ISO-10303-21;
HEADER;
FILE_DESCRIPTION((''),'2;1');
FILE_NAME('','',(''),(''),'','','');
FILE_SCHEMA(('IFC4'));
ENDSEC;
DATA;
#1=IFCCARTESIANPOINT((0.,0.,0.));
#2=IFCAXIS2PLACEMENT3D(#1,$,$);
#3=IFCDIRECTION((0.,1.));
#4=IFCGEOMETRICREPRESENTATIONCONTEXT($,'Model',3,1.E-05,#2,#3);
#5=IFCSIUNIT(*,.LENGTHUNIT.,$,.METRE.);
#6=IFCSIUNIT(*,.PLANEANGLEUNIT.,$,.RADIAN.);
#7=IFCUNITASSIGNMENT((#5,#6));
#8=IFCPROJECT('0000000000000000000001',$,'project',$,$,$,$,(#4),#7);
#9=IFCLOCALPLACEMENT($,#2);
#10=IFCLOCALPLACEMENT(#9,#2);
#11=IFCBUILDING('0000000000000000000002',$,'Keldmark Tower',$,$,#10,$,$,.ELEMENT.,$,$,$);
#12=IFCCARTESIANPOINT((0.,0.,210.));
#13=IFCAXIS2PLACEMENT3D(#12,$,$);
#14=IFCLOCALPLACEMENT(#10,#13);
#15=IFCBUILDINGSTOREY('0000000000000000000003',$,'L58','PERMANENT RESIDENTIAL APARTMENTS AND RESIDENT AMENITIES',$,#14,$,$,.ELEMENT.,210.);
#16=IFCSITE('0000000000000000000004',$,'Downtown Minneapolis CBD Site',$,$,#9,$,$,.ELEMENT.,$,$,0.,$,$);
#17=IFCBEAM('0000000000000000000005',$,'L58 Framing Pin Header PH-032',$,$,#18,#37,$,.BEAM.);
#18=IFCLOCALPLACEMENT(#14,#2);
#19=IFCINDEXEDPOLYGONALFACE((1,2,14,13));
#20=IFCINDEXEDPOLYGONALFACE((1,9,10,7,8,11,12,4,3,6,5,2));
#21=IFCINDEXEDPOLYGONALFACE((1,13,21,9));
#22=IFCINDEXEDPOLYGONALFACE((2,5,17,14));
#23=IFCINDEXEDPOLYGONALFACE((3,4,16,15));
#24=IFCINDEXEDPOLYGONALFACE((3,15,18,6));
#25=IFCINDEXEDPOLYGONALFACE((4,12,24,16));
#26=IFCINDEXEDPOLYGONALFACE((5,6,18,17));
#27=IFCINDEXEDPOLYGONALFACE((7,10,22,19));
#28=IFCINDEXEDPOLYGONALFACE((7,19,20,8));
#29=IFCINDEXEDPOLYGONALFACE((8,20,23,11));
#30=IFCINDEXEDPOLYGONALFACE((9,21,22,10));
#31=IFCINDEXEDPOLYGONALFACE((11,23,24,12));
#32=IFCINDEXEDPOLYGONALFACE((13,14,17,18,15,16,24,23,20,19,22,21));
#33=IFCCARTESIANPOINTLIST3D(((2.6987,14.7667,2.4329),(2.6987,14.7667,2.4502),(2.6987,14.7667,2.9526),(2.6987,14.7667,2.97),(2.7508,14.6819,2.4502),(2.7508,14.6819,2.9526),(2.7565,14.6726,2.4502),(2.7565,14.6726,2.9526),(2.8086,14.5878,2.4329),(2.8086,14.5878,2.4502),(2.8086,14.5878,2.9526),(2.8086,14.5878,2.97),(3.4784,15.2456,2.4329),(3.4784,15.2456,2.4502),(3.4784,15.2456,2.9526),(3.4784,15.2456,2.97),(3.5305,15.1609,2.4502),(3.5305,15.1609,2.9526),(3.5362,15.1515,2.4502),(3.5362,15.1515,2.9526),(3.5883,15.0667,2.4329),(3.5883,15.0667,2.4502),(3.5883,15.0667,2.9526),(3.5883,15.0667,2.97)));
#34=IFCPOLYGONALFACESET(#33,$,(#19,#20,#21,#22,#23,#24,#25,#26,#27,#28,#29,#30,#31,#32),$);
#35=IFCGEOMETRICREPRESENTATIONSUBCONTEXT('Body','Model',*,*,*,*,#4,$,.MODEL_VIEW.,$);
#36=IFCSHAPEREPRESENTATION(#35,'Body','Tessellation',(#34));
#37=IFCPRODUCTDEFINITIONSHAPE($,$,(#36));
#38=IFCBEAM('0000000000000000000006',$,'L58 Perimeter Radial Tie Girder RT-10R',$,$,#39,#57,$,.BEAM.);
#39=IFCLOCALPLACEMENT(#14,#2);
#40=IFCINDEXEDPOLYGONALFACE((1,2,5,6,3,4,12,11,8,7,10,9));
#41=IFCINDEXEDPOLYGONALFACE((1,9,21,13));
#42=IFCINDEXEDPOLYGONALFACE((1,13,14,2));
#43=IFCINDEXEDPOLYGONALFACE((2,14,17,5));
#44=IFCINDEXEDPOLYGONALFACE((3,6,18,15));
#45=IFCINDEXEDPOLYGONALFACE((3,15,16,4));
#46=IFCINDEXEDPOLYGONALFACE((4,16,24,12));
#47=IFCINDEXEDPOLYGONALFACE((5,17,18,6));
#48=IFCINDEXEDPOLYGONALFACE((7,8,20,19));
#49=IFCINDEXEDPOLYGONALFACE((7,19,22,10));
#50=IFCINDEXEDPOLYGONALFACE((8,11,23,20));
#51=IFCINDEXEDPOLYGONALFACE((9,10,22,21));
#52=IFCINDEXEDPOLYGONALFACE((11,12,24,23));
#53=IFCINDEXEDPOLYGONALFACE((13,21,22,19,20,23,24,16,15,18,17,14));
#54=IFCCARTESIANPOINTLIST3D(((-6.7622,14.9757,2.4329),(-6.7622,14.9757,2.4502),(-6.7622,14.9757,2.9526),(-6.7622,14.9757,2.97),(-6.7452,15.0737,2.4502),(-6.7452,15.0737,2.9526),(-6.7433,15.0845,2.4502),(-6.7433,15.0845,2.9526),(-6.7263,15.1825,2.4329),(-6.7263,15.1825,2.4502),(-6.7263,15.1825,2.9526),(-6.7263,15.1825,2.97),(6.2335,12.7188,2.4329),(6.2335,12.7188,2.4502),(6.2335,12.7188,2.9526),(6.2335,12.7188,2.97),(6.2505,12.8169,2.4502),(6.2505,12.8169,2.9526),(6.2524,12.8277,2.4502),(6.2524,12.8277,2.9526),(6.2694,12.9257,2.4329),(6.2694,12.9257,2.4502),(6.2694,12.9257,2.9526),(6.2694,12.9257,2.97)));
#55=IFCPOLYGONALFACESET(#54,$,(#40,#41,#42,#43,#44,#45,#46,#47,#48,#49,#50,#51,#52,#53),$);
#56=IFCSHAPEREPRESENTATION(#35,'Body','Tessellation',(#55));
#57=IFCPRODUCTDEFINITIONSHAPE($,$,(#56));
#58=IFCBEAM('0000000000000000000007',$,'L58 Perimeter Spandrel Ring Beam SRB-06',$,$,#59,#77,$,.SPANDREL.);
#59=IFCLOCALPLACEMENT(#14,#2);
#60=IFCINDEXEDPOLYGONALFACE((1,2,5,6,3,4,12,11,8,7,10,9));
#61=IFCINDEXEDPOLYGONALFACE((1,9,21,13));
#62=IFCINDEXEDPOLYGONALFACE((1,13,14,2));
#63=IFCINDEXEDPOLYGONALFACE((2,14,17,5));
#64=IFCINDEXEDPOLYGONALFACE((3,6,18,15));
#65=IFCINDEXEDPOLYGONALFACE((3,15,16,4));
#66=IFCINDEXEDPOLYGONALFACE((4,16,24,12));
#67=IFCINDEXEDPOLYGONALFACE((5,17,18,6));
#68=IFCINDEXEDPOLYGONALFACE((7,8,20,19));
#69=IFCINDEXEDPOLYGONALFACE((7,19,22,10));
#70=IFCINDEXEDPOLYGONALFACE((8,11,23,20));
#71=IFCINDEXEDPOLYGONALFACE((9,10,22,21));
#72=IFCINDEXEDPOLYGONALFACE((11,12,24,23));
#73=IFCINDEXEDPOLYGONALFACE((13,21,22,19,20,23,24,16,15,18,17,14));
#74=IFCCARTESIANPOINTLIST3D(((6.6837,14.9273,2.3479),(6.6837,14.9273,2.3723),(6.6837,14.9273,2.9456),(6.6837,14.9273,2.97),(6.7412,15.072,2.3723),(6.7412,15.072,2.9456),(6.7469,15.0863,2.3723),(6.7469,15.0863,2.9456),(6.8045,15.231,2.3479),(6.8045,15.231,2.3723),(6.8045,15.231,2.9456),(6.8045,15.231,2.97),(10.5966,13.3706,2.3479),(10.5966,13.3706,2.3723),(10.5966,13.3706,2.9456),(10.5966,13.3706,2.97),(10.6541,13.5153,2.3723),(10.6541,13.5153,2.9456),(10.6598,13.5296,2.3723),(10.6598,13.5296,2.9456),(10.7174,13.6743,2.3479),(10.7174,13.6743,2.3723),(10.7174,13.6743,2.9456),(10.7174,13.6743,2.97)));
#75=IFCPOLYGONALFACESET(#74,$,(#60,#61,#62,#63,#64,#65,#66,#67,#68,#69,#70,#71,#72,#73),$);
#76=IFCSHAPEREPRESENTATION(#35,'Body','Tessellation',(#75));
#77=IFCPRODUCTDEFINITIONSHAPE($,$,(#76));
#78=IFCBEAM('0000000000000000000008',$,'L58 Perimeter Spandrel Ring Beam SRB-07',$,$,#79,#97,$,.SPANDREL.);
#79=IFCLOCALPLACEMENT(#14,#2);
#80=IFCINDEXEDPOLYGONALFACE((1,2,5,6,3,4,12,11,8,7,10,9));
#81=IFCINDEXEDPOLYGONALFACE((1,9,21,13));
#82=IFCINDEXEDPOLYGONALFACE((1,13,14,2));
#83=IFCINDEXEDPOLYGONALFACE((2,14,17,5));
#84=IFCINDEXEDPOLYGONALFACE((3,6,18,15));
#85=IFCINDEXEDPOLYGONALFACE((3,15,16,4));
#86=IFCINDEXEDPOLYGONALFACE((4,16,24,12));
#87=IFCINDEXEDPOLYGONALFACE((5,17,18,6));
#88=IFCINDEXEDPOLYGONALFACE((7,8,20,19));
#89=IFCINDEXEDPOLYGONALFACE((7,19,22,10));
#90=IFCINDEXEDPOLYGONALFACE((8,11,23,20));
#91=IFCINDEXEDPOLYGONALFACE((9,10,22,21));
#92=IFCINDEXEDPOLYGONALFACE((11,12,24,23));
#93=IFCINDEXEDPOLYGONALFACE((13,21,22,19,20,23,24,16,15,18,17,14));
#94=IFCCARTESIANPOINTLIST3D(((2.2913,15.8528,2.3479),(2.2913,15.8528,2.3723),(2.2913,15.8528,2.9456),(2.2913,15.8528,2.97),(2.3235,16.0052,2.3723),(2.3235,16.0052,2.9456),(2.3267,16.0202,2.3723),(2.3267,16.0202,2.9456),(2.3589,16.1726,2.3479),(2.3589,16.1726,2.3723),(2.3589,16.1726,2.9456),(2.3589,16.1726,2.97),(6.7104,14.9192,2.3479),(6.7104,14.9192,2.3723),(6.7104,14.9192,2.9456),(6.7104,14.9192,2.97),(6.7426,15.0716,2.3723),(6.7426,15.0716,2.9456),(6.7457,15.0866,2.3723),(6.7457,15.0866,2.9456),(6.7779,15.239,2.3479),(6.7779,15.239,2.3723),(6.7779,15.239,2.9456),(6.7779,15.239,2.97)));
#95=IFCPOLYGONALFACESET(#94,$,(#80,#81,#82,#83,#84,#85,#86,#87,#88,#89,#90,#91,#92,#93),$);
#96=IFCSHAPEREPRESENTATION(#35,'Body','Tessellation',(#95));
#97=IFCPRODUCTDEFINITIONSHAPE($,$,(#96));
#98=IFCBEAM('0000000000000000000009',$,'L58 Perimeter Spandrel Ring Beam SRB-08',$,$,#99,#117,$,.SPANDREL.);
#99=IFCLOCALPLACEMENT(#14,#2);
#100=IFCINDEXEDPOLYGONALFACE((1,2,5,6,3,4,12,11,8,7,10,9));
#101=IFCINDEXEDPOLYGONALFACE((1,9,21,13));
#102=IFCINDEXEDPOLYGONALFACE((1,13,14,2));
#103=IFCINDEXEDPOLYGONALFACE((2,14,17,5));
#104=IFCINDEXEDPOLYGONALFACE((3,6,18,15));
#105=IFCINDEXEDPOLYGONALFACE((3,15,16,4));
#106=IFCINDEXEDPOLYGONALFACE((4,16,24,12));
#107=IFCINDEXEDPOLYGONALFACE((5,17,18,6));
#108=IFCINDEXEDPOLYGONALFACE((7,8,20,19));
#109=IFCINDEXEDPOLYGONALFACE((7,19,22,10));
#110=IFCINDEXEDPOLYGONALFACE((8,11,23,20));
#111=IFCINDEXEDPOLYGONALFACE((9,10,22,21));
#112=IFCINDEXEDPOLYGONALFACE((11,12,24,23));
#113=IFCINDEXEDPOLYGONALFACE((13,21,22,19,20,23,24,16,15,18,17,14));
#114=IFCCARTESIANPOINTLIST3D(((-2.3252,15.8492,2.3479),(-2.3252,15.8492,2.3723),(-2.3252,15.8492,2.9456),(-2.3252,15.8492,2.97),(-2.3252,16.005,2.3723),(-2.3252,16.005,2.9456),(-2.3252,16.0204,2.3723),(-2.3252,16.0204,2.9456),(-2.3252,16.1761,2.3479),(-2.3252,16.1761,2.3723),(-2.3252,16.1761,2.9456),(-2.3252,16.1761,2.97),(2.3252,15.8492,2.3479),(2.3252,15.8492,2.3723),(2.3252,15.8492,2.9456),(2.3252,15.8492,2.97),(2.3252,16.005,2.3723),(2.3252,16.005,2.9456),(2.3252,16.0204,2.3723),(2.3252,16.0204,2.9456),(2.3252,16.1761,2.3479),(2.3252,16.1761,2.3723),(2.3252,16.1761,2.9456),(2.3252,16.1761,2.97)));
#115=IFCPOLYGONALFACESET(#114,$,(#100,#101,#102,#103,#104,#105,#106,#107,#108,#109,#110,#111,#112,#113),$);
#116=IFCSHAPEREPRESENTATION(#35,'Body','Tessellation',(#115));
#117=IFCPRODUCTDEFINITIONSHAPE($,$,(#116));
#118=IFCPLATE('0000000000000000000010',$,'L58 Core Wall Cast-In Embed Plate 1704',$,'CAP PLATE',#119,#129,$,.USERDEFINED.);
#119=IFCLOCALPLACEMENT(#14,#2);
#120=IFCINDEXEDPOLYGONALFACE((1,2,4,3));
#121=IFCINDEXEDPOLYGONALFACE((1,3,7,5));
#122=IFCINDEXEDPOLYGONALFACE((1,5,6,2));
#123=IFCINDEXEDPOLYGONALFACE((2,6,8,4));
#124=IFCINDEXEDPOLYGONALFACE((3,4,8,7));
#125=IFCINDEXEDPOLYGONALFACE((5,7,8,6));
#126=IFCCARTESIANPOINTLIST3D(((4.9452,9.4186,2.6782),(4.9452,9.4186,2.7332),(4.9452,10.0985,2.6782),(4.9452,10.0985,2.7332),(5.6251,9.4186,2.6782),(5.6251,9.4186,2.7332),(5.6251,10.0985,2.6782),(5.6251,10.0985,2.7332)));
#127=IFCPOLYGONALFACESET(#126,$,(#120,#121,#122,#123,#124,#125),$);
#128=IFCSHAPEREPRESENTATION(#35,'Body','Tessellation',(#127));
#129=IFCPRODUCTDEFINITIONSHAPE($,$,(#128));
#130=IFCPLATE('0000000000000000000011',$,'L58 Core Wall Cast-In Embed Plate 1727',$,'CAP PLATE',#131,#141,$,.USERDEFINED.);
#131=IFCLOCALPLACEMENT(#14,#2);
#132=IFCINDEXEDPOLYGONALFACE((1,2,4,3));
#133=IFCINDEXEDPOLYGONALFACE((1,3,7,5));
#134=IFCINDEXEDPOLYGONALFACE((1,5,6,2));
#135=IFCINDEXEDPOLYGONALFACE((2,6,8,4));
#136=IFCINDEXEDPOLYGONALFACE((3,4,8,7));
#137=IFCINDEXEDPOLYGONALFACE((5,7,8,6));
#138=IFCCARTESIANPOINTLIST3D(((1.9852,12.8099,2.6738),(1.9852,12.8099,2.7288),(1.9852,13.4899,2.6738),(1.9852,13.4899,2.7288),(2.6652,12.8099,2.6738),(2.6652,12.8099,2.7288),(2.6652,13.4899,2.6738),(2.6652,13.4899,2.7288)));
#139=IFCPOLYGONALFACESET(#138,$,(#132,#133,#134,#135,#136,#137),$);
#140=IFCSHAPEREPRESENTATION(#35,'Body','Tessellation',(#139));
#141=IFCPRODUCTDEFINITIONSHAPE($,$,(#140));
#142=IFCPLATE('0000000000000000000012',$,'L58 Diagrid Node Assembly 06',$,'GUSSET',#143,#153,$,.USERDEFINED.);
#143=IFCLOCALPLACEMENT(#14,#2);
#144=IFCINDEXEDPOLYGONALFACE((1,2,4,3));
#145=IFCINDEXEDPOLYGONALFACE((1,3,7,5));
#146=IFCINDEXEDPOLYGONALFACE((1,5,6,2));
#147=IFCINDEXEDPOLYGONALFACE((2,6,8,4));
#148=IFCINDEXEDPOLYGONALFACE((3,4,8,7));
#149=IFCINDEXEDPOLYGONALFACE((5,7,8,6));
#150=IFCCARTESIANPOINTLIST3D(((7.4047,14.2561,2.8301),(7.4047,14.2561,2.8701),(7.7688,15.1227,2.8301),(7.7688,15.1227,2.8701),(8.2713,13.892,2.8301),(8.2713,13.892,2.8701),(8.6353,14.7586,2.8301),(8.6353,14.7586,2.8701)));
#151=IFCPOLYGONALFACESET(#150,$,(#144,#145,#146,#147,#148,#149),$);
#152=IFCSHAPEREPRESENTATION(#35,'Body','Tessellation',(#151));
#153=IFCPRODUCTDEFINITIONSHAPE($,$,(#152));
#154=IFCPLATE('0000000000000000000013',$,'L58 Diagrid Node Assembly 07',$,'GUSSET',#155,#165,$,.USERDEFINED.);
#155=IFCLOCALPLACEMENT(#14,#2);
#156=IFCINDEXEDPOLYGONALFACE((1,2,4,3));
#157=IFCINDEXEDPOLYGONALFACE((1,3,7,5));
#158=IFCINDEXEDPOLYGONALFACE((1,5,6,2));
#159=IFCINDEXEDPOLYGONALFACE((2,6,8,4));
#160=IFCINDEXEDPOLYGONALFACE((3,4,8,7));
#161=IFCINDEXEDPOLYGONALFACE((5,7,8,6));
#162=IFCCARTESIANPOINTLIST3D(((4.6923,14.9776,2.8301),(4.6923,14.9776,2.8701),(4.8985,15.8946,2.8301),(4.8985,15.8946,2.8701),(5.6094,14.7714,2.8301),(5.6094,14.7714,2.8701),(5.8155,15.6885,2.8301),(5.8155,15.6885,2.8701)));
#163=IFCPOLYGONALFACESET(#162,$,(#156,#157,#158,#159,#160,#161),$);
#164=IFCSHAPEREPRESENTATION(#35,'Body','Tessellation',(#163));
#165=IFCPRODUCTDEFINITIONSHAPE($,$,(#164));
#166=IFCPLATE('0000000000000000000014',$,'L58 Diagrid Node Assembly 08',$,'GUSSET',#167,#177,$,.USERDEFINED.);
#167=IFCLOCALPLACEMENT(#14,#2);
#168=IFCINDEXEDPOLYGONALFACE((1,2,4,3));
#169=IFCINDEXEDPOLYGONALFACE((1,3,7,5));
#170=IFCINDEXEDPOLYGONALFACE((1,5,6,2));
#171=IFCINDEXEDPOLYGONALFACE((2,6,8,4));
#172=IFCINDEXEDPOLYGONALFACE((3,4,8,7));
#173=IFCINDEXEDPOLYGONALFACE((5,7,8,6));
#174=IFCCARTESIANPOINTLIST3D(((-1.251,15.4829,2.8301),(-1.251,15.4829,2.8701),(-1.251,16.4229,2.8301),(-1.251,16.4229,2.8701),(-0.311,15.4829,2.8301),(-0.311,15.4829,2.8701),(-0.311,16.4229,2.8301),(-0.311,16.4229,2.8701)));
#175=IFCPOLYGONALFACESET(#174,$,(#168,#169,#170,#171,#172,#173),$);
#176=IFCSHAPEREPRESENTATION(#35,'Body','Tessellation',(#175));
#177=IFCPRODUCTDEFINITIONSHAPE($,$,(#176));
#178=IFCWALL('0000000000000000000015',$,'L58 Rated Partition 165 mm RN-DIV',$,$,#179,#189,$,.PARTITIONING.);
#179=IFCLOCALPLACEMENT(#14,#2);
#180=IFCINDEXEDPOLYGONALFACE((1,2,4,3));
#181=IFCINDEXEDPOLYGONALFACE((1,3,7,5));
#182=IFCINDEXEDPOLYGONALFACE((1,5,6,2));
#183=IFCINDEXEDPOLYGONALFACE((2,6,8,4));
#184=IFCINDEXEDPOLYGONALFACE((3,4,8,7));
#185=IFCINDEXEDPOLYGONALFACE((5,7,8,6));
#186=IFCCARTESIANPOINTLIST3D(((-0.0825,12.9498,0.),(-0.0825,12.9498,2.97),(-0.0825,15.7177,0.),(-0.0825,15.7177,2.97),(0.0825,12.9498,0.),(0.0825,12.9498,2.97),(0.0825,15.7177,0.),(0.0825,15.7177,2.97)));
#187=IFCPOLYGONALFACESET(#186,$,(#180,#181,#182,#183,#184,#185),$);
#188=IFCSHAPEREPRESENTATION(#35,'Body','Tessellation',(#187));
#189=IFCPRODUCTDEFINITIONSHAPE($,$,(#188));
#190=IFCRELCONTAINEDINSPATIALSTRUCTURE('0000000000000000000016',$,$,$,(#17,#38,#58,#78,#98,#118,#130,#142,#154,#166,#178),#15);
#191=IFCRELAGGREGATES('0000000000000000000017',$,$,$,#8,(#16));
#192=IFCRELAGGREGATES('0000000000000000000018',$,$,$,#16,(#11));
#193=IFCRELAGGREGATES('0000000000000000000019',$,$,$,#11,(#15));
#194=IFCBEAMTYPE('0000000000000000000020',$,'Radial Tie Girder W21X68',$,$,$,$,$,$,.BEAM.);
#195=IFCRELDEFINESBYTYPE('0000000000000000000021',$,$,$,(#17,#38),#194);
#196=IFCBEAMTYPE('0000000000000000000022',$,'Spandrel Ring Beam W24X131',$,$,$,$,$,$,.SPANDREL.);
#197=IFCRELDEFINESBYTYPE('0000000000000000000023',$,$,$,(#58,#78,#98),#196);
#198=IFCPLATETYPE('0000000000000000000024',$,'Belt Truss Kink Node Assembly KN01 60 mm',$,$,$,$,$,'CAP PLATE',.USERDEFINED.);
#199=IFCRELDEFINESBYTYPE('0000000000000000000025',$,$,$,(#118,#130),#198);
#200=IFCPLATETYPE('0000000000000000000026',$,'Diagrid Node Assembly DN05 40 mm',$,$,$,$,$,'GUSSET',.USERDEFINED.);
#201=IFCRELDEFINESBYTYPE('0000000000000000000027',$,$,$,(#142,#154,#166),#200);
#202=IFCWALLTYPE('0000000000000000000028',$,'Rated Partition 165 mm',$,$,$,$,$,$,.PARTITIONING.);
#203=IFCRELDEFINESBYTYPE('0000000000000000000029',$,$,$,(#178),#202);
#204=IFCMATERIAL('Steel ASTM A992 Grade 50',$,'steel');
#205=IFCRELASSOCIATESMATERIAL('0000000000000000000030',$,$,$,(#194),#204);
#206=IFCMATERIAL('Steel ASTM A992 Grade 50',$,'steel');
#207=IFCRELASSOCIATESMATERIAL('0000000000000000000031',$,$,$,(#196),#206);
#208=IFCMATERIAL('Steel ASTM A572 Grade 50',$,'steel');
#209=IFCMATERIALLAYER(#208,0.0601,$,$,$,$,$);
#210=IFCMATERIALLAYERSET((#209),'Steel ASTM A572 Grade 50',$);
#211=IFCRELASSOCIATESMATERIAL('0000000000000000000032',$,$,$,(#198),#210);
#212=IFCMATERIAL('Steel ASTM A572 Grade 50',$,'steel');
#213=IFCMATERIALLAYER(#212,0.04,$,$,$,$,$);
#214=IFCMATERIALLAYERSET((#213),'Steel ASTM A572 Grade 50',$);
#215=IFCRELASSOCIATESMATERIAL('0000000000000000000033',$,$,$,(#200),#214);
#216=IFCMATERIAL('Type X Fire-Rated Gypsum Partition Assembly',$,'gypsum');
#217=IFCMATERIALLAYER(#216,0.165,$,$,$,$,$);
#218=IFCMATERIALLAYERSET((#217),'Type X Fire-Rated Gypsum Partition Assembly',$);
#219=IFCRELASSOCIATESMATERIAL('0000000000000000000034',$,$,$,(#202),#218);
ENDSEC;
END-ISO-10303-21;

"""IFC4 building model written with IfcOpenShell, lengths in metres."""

from ifc_helpers import new_model, si_unit, direction, frame, frame_2d, origin, origin_2d, place, context, subcontext, project, spatial, rectangle, i_section, extrude, material, layer, layer_set, material_profile, profile_set, type_object, element, save


model = new_model("IFC4")

# Units and contexts
model_context = context("Model", 3, precision=1e-05, world=origin(), true_north=direction((0.0, 1.0)))
body_context = subcontext(model_context, "Body", "Model", "MODEL_VIEW")
ifc_project = project(units=[si_unit("LENGTHUNIT", "METRE"), si_unit("PLANEANGLEUNIT", "RADIAN")], contexts=[model_context])

# Site, building, storey
site_placement = place(None, origin())
site = spatial("IfcSite", under=ifc_project, at=site_placement, Name="Downtown Minneapolis CBD Site", CompositionType="ELEMENT", RefElevation=0.0)
building_placement = place(site_placement, origin())
building = spatial("IfcBuilding", under=site, at=building_placement, Name="Keldmark Tower", CompositionType="ELEMENT")
storey_placement = place(building_placement, frame((0.0, 0.0, 210.0)))
storey = spatial("IfcBuildingStorey", under=building, at=storey_placement, Name="L58", Description="PERMANENT RESIDENTIAL APARTMENTS AND RESIDENT AMENITIES", CompositionType="ELEMENT", Elevation=210.0)

# Beams
ifc_material_1 = material(Name="Steel ASTM A992 Grade 50", Category="steel")
ifc_material_profile_1 = material_profile(ifc_material_1, i_section(OverallWidth=0.21, OverallDepth=0.5371, WebThickness=0.011, FlangeThickness=0.0173, at=origin_2d()), Name="W21X68")
ifc_profile_set_1 = profile_set([ifc_material_profile_1], Name="Steel ASTM A992 Grade 50")
beam_type_1 = type_object("IfcBeamType", Name="Radial Tie Girder W21X68", PredefinedType="BEAM", material=ifc_profile_set_1)
beam_1_placement = place(storey_placement, frame((2.7537, 14.6772, 2.7014), z_axis=(0.852079, 0.523413, 0.0), x_axis=(-0.523413, 0.852079, 0.0)))
element("IfcBeam", 1, at=beam_1_placement, inside=storey, type_object=beam_type_1, Name="L58 Framing Pin Header PH-032", PredefinedType="BEAM", context=body_context, shape_type="SweptSolid", body=[
    extrude(i_section(OverallWidth=0.21, OverallDepth=0.5371, WebThickness=0.011, FlangeThickness=0.0173, at=origin_2d()), origin(), (0.0, 0.0, 1.0), 0.915),
])
beam_2_placement = place(storey_placement, frame((6.2515, 12.8223, 2.7014), z_axis=(-0.985254, 0.171101, 0.0), x_axis=(-0.171101, -0.985254, 0.0)))
element("IfcBeam", 2, at=beam_2_placement, inside=storey, type_object=beam_type_1, Name="L58 Perimeter Radial Tie Girder RT-10R", PredefinedType="BEAM", context=body_context, shape_type="SweptSolid", body=[
    extrude(i_section(OverallWidth=0.21, OverallDepth=0.5371, WebThickness=0.011, FlangeThickness=0.0173, at=origin_2d()), origin(), (0.0, 0.0, 1.0), 13.1902),
])
ifc_material_2 = material(Name="Steel ASTM A992 Grade 50", Category="steel")
ifc_material_profile_2 = material_profile(ifc_material_2, i_section(OverallWidth=0.3269, OverallDepth=0.6221, WebThickness=0.0154, FlangeThickness=0.0244, at=origin_2d()), Name="W24X131")
ifc_profile_set_2 = profile_set([ifc_material_profile_2], Name="Steel ASTM A992 Grade 50")
beam_type_2 = type_object("IfcBeamType", Name="Spandrel Ring Beam W24X131", PredefinedType="SPANDREL", material=ifc_profile_set_2)
beam_3_placement = place(storey_placement, frame((10.657, 13.5225, 2.6589), z_axis=(-0.929171, 0.369651, 0.0), x_axis=(-0.369651, -0.929171, 0.0)))
element("IfcBeam", 3, at=beam_3_placement, inside=storey, type_object=beam_type_2, Name="L58 Perimeter Spandrel Ring Beam SRB-06", PredefinedType="SPANDREL", context=body_context, shape_type="SweptSolid", body=[
    extrude(i_section(OverallWidth=0.3269, OverallDepth=0.6221, WebThickness=0.0154, FlangeThickness=0.0244, at=origin_2d()), origin(), (0.0, 0.0, 1.0), 4.2112),
])
beam_4_placement = place(storey_placement, frame((6.7441, 15.0791, 2.6589), z_axis=(-0.978403, 0.206708, 0.0), x_axis=(-0.206708, -0.978403, 0.0)))
element("IfcBeam", 4, at=beam_4_placement, inside=storey, type_object=beam_type_2, Name="L58 Perimeter Spandrel Ring Beam SRB-07", PredefinedType="SPANDREL", context=body_context, shape_type="SweptSolid", body=[
    extrude(i_section(OverallWidth=0.3269, OverallDepth=0.6221, WebThickness=0.0154, FlangeThickness=0.0244, at=origin_2d()), origin(), (0.0, 0.0, 1.0), 4.5166),
])
beam_5_placement = place(storey_placement, frame((2.3252, 16.0127, 2.6589), z_axis=(-1.0, 0.0, 0.0), x_axis=(0.0, -1.0, 0.0)))
element("IfcBeam", 5, at=beam_5_placement, inside=storey, type_object=beam_type_2, Name="L58 Perimeter Spandrel Ring Beam SRB-08", PredefinedType="SPANDREL", context=body_context, shape_type="SweptSolid", body=[
    extrude(i_section(OverallWidth=0.3269, OverallDepth=0.6221, WebThickness=0.0154, FlangeThickness=0.0244, at=origin_2d()), origin(), (0.0, 0.0, 1.0), 4.6504),
])

# Plates
ifc_material_3 = material(Name="Steel ASTM A572 Grade 50", Category="steel")
ifc_layer_1 = layer(ifc_material_3, 0.0601)
ifc_layer_set_1 = layer_set([ifc_layer_1], Name="Steel ASTM A572 Grade 50")
plate_type_1 = type_object("IfcPlateType", Name="Belt Truss Kink Node Assembly KN01 60 mm", ElementType="CAP PLATE", PredefinedType="USERDEFINED", material=ifc_layer_set_1)
for number, where, z_axis, x_axis, name in (
    (6, (5.2852, 9.7585, 2.6782), (0.0, 0.0, 1.0), (1.0, 0.0, 0.0), "L58 Core Wall Cast-In Embed Plate 1704"),
    (7, (2.3252, 13.1499, 2.6738), (0.0, 0.0, 1.0), (1.0, 0.0, 0.0), "L58 Core Wall Cast-In Embed Plate 1727"),
):
    element("IfcPlate", number, at=place(storey_placement, frame(where, z_axis=z_axis, x_axis=x_axis)), inside=storey, type_object=plate_type_1, Name=name, ObjectType="CAP PLATE", PredefinedType="USERDEFINED", context=body_context, shape_type="SweptSolid", body=[
        extrude(rectangle(XDim=0.6799, YDim=0.6799, at=origin_2d()), origin(), (0.0, 0.0, 1.0), 0.0549),
    ])
ifc_material_4 = material(Name="Steel ASTM A572 Grade 50", Category="steel")
ifc_layer_2 = layer(ifc_material_4, 0.04)
ifc_layer_set_2 = layer_set([ifc_layer_2], Name="Steel ASTM A572 Grade 50")
plate_type_2 = type_object("IfcPlateType", Name="Diagrid Node Assembly DN05 40 mm", ElementType="GUSSET", PredefinedType="USERDEFINED", material=ifc_layer_set_2)
for number, where, z_axis, x_axis, name in (
    (8, (8.02, 14.5073, 2.8301), (0.0, 0.0, 1.0), (-0.921931, 0.387355, 0.0), "L58 Diagrid Node Assembly 06"),
    (9, (5.2539, 15.333, 2.8301), (0.0, 0.0, 1.0), (-0.97565, 0.219335, 0.0), "L58 Diagrid Node Assembly 07"),
    (10, (-0.781, 15.9529, 2.8301), (0.0, 0.0, 1.0), (-1.0, 0.0, 0.0), "L58 Diagrid Node Assembly 08"),
):
    element("IfcPlate", number, at=place(storey_placement, frame(where, z_axis=z_axis, x_axis=x_axis)), inside=storey, type_object=plate_type_2, Name=name, ObjectType="GUSSET", PredefinedType="USERDEFINED", context=body_context, shape_type="SweptSolid", body=[
        extrude(rectangle(XDim=0.9399, YDim=0.9399, at=origin_2d()), origin(), (0.0, 0.0, 1.0), 0.04),
    ])

# Wall
ifc_material_5 = material(Name="Type X Fire-Rated Gypsum Partition Assembly", Category="gypsum")
ifc_layer_3 = layer(ifc_material_5, 0.165)
ifc_layer_set_3 = layer_set([ifc_layer_3], Name="Type X Fire-Rated Gypsum Partition Assembly")
wall_type_1 = type_object("IfcWallType", Name="Rated Partition 165 mm", PredefinedType="PARTITIONING", material=ifc_layer_set_3)
wall_1_placement = place(storey_placement, frame((0.0, 12.95, 0.0), z_axis=(0.0, 0.0, 1.0), x_axis=(0.0, 1.0, 0.0)))
element("IfcWall", 11, at=wall_1_placement, inside=storey, type_object=wall_type_1, Name="L58 Rated Partition 165 mm RN-DIV", PredefinedType="PARTITIONING", context=body_context, shape_type="SweptSolid", body=[
    extrude(rectangle(XDim=2.7678, YDim=0.165, at=frame_2d((1.3838, 0.0))), origin(), (0.0, 0.0, 1.0), 2.97),
])

save(model, "model.ifc")
